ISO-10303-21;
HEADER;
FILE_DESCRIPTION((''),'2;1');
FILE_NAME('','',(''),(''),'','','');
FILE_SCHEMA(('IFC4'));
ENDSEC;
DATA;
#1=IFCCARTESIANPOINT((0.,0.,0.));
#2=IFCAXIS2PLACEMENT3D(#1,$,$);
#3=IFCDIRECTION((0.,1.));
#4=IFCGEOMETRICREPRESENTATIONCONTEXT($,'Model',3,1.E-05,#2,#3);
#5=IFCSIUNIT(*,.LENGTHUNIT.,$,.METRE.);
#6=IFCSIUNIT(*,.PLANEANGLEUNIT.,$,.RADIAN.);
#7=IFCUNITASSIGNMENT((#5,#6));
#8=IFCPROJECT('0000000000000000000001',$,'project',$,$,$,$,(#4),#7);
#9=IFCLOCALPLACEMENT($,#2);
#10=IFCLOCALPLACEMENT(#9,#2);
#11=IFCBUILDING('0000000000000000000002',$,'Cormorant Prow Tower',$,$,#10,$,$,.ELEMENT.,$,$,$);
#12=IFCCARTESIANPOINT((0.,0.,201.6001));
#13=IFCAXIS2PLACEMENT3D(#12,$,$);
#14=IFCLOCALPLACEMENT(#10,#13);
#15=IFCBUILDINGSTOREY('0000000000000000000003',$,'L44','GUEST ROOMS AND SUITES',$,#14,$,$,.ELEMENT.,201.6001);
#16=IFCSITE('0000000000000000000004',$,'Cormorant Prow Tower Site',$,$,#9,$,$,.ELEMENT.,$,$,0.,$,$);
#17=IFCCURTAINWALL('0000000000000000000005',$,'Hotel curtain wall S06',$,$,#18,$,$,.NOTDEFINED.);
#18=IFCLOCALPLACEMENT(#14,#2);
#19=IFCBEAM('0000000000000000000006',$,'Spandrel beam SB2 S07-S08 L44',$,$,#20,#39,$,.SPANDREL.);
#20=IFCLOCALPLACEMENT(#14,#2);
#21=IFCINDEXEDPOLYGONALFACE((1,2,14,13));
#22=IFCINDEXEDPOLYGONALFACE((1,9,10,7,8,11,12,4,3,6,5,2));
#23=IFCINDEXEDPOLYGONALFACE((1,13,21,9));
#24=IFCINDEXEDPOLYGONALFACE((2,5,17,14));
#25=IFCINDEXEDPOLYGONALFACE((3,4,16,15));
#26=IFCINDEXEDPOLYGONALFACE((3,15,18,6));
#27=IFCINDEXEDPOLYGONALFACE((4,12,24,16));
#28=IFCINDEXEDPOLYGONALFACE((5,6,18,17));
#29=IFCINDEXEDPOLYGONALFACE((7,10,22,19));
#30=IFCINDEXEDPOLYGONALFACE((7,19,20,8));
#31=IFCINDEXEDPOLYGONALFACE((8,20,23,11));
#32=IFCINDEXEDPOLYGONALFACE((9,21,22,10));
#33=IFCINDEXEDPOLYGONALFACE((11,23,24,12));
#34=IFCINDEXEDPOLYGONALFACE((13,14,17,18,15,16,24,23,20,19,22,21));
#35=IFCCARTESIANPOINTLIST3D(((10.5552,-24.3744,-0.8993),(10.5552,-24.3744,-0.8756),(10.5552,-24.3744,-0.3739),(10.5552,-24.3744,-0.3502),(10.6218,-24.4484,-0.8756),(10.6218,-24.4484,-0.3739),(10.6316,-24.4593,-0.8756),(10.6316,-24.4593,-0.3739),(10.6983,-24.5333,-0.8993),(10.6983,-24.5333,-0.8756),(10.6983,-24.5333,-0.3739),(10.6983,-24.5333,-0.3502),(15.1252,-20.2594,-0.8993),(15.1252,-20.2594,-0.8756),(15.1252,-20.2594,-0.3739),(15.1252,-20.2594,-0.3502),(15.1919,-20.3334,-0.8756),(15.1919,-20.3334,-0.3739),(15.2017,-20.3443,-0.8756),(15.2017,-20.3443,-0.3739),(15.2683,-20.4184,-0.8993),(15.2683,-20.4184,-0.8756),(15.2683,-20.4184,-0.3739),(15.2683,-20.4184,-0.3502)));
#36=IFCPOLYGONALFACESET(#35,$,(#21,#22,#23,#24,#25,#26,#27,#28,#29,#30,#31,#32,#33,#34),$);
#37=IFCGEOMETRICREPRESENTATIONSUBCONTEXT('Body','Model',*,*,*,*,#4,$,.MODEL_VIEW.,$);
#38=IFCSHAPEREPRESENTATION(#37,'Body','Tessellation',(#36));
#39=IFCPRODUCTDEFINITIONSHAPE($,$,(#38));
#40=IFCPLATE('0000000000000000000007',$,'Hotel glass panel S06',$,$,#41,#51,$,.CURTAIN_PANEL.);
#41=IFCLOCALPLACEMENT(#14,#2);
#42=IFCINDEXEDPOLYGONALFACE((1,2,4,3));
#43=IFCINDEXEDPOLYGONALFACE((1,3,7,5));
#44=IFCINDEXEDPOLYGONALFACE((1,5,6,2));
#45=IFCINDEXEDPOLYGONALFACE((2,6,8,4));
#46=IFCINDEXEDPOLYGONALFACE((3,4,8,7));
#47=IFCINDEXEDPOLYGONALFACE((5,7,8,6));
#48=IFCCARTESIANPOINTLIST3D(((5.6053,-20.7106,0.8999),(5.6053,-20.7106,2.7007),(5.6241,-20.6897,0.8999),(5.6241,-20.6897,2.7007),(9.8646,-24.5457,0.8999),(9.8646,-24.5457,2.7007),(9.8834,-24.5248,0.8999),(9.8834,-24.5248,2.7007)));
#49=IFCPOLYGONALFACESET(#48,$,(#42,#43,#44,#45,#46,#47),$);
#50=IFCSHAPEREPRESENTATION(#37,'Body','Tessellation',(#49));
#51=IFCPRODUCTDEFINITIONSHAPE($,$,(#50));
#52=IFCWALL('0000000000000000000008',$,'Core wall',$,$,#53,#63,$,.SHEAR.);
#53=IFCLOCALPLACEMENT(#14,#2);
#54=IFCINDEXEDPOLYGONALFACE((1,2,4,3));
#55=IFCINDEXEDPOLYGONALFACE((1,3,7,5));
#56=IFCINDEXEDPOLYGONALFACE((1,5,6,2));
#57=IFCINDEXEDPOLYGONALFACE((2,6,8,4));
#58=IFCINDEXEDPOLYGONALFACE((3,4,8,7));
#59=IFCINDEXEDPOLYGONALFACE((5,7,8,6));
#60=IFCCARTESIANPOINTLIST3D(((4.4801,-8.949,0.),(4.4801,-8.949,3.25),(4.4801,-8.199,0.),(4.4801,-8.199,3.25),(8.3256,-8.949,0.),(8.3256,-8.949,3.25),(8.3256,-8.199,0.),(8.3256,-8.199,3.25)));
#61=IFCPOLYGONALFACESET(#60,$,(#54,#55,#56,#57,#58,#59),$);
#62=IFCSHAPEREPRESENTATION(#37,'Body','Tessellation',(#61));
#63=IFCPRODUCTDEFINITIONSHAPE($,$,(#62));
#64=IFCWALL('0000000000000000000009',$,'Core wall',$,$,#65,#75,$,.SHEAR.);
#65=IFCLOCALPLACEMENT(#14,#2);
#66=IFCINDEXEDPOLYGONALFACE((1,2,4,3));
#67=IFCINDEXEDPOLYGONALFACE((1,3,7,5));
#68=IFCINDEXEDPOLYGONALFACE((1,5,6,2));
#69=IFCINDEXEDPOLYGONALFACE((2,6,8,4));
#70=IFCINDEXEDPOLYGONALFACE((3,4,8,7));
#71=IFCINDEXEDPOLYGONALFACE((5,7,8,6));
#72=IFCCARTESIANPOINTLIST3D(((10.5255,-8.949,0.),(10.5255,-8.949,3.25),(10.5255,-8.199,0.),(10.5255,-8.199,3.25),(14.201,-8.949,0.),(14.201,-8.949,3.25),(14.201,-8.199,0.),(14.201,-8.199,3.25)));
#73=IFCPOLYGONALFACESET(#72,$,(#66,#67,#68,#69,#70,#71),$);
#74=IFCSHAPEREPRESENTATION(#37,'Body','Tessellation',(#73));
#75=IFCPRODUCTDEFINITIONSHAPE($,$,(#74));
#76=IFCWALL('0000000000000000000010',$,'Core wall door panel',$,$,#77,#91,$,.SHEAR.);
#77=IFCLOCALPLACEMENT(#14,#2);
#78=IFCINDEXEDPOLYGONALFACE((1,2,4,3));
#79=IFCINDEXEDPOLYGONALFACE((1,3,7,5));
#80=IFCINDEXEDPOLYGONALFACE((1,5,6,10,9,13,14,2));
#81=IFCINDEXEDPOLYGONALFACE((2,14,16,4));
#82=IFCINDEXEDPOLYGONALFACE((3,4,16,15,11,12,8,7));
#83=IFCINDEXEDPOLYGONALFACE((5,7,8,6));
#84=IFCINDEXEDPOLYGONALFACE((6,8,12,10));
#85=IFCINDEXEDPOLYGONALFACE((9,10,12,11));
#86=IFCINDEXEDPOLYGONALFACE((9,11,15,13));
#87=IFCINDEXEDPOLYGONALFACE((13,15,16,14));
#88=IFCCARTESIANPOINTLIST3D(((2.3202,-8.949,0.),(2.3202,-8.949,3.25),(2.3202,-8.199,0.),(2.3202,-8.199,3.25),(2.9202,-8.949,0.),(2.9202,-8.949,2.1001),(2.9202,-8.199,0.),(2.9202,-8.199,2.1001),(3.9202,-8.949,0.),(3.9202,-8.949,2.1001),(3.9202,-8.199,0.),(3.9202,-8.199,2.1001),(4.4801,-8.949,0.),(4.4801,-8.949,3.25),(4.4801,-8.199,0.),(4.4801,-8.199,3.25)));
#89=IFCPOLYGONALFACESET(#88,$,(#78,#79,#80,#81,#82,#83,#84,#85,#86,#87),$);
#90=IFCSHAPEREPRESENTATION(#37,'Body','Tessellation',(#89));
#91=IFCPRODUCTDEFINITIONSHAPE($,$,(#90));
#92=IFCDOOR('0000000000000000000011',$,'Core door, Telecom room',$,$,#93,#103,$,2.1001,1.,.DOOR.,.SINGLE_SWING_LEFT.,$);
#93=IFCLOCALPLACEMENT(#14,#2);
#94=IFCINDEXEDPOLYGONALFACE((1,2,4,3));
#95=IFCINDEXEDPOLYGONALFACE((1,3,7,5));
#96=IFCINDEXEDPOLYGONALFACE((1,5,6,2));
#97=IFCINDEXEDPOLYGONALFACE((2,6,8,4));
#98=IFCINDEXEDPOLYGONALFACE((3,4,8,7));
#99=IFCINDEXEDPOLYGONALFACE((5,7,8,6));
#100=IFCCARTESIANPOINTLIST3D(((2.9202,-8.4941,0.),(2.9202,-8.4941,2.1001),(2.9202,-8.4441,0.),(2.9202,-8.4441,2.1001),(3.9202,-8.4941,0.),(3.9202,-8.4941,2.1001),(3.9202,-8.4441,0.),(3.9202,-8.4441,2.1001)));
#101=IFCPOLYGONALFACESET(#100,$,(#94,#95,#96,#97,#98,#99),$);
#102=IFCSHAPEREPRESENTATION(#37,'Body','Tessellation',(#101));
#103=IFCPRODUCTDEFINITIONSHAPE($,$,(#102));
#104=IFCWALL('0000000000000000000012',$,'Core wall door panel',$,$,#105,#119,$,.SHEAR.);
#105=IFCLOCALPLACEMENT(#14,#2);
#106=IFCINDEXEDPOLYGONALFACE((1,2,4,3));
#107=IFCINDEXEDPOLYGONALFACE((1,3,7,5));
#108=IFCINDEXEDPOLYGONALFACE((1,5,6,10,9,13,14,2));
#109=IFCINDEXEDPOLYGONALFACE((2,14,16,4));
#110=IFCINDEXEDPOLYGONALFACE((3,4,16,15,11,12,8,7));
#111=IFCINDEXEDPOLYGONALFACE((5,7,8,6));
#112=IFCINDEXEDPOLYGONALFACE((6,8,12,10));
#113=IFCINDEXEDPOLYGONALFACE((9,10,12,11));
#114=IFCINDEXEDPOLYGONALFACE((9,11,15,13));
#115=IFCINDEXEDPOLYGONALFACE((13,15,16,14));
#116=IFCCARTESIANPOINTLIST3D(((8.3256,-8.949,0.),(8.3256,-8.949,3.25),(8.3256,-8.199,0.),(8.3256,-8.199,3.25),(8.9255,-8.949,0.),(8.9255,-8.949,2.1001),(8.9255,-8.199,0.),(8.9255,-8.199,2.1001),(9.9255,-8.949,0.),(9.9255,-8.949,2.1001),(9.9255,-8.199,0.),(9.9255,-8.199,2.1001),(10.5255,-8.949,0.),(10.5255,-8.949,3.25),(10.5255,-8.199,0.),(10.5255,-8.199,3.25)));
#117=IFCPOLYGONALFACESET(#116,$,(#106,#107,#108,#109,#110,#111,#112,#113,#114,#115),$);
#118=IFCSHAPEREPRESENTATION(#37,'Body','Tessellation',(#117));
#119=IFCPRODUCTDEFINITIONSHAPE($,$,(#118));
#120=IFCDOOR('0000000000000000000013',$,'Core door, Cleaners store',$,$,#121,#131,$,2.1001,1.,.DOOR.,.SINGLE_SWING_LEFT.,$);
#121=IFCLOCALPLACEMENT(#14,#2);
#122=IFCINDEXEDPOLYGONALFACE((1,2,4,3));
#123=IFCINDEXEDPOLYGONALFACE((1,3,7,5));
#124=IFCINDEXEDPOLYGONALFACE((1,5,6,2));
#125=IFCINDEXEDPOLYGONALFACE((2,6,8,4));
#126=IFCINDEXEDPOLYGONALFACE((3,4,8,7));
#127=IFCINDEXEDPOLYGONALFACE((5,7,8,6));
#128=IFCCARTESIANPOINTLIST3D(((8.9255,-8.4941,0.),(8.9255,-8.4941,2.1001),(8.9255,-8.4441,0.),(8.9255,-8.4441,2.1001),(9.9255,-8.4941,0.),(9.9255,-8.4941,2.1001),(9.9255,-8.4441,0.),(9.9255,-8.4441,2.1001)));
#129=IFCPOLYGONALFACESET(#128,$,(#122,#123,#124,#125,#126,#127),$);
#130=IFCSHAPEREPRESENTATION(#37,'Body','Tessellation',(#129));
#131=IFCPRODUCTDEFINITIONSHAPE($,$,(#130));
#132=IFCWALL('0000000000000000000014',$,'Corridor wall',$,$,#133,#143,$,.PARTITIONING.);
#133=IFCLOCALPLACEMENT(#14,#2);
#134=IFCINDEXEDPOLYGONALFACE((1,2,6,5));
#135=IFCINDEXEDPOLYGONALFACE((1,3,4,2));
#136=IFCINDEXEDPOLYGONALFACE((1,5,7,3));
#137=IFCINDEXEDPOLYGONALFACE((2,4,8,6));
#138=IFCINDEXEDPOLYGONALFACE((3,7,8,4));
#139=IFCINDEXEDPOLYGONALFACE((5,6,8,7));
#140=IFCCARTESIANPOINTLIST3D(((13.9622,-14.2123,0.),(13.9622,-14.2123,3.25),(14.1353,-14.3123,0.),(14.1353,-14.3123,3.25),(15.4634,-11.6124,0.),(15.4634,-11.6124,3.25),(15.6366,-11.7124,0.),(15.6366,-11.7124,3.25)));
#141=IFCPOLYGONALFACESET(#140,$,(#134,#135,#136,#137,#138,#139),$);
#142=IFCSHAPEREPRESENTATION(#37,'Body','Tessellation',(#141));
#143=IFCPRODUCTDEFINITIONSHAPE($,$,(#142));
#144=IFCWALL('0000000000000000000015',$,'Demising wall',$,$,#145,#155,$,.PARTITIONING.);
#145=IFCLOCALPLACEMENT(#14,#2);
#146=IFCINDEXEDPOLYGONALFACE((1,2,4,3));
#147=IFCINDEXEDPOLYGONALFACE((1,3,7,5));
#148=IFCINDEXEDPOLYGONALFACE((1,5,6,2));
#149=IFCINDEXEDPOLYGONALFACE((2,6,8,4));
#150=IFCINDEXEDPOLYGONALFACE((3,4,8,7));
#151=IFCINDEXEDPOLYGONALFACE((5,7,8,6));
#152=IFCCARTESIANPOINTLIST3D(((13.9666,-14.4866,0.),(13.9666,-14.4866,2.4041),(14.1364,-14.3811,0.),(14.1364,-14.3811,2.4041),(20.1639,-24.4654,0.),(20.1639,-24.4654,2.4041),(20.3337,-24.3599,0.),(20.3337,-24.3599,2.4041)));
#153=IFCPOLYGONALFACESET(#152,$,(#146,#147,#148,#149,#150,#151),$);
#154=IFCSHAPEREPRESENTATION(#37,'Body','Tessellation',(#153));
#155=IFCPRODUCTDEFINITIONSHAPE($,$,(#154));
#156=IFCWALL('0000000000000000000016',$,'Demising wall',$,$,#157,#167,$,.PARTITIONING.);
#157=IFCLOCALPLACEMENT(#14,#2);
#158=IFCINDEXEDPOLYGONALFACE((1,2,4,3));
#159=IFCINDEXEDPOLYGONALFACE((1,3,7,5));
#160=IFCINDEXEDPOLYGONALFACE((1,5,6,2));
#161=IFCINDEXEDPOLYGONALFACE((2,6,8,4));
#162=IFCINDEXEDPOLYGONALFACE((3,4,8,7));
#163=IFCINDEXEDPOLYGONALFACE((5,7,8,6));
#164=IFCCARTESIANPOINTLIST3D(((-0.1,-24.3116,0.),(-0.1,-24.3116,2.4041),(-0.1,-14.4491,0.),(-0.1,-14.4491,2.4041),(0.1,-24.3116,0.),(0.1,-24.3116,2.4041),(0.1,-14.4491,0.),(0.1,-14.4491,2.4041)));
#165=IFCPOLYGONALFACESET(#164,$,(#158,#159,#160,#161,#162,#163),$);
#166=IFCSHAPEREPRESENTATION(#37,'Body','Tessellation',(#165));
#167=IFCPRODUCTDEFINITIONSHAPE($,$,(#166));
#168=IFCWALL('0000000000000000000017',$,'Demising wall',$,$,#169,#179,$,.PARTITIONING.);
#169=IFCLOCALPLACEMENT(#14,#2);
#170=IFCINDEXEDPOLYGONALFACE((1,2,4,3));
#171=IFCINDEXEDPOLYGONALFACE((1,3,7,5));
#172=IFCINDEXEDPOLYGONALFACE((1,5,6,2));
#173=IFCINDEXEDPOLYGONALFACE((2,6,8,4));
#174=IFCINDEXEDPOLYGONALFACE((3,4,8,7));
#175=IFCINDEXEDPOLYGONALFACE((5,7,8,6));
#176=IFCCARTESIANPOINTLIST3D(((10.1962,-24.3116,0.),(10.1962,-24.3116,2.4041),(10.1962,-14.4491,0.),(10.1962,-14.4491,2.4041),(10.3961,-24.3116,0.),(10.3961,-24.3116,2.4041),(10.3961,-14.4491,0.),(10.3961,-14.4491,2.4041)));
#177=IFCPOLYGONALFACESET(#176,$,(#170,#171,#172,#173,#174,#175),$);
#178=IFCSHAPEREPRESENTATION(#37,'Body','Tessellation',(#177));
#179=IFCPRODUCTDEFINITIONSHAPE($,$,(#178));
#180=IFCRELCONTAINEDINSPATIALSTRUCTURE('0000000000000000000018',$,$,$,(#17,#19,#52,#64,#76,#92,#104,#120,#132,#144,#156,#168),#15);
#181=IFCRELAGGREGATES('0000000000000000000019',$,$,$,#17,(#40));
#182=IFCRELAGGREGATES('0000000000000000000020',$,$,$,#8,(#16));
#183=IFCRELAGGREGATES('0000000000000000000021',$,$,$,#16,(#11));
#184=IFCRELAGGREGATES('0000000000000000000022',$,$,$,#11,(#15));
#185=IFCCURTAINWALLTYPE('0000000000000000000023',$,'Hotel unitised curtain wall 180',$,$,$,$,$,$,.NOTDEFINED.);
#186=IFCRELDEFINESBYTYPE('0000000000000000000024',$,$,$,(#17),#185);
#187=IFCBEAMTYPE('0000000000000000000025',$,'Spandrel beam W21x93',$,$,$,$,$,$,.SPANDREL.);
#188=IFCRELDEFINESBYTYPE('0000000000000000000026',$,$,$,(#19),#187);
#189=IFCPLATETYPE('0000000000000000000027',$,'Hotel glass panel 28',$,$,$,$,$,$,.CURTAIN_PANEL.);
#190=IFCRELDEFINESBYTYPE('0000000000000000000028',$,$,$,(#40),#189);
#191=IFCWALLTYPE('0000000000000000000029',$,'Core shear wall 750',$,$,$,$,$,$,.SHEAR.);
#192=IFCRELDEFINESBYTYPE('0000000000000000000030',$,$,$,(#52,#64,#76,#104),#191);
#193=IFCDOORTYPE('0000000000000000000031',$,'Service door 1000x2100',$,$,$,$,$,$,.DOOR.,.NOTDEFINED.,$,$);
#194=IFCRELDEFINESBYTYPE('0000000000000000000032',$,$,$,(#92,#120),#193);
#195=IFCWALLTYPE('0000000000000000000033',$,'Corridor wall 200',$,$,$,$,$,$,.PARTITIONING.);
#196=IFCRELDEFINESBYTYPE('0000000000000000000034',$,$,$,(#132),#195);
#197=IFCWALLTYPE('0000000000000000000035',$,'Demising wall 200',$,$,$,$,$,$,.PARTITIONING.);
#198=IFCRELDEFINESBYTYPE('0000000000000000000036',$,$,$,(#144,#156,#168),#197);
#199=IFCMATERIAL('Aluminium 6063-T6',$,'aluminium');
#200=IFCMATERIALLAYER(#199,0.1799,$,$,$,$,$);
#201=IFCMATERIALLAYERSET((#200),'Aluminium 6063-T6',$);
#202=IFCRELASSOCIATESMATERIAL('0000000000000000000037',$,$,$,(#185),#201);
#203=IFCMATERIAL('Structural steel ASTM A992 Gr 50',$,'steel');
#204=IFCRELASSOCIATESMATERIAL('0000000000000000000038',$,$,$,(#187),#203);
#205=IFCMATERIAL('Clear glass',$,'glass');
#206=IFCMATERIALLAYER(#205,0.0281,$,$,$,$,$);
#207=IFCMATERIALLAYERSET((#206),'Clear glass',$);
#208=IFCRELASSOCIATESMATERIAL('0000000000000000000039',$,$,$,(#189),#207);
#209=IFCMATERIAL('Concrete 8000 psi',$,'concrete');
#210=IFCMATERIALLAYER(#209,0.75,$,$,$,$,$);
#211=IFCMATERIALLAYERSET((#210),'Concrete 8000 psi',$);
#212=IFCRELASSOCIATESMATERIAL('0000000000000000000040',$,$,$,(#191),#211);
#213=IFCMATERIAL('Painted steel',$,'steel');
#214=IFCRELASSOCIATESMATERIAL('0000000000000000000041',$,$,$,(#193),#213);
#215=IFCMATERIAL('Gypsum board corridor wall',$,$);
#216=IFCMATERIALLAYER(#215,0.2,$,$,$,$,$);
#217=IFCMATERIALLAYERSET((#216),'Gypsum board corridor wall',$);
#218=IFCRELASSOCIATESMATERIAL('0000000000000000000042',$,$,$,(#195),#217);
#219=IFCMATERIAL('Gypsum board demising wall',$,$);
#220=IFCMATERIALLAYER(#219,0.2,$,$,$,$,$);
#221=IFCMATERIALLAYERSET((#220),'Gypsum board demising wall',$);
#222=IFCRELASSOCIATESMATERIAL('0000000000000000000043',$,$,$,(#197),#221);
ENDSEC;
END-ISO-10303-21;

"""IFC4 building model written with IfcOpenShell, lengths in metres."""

from ifc_helpers import new_model, si_unit, direction, frame, frame_2d, origin, origin_2d, place, context, subcontext, project, spatial, rectangle, i_section, extrude, material, layer, layer_set, material_profile, profile_set, type_object, element, fill, aggregate, save


model = new_model("IFC4")

# Units and contexts
model_context = context("Model", 3, precision=1e-05, world=origin(), true_north=direction((0.0, 1.0)))
body_context = subcontext(model_context, "Body", "Model", "MODEL_VIEW")
ifc_project = project(units=[si_unit("LENGTHUNIT", "METRE"), si_unit("PLANEANGLEUNIT", "RADIAN")], contexts=[model_context])

# Site, building, storey
site_placement = place(None, origin())
site = spatial("IfcSite", under=ifc_project, at=site_placement, Name="Cormorant Prow Tower Site", CompositionType="ELEMENT", RefElevation=0.0)
building_placement = place(site_placement, origin())
building = spatial("IfcBuilding", under=site, at=building_placement, Name="Cormorant Prow Tower", CompositionType="ELEMENT")
storey_placement = place(building_placement, frame((0.0, 0.0, 201.6001)))
storey = spatial("IfcBuildingStorey", under=building, at=storey_placement, Name="L44", Description="GUEST ROOMS AND SUITES", CompositionType="ELEMENT", Elevation=201.6001)

# Curtain wall
ifc_material_1 = material(Name="Aluminium 6063-T6", Category="aluminium")
ifc_layer_1 = layer(ifc_material_1, 0.1799)
ifc_layer_set_1 = layer_set([ifc_layer_1], Name="Aluminium 6063-T6")
curtain_wall_type = type_object("IfcCurtainWallType", Name="Hotel unitised curtain wall 180", PredefinedType="NOTDEFINED", material=ifc_layer_set_1)
curtain_wall_placement = place(storey_placement, origin())
curtain_wall = element("IfcCurtainWall", 1, at=curtain_wall_placement, inside=storey, type_object=curtain_wall_type, Name="Hotel curtain wall S06", PredefinedType="NOTDEFINED")

# Beam
ifc_material_2 = material(Name="Structural steel ASTM A992 Gr 50", Category="steel")
ifc_material_profile_1 = material_profile(ifc_material_2, i_section(OverallWidth=0.2139, OverallDepth=0.5491, WebThickness=0.0146, FlangeThickness=0.0237, at=origin_2d()), Name="W21x93")
ifc_profile_set_1 = profile_set([ifc_material_profile_1], Name="Structural steel ASTM A992 Gr 50")
beam_type_1 = type_object("IfcBeamType", Name="Spandrel beam W21x93", PredefinedType="SPANDREL", material=ifc_profile_set_1)
beam_1_placement = place(storey_placement, frame((10.6267, -24.4539, -0.6248), z_axis=(0.743138, 0.669138, 0.0), x_axis=(-0.669138, 0.743138, 0.0)))
element("IfcBeam", 2, at=beam_1_placement, inside=storey, type_object=beam_type_1, Name="Spandrel beam SB2 S07-S08 L44", PredefinedType="SPANDREL", context=body_context, shape_type="SweptSolid", body=[
    extrude(i_section(OverallWidth=0.2139, OverallDepth=0.5491, WebThickness=0.0146, FlangeThickness=0.0237, at=origin_2d()), origin(), (0.0, 0.0, 1.0), 6.1497),
])

# Plate
ifc_material_3 = material(Name="Clear glass", Category="glass")
ifc_layer_2 = layer(ifc_material_3, 0.0281)
ifc_layer_set_2 = layer_set([ifc_layer_2], Name="Clear glass")
plate_type = type_object("IfcPlateType", Name="Hotel glass panel 28", PredefinedType="CURTAIN_PANEL", material=ifc_layer_set_2)
plate_placement = place(storey_placement, frame((7.7444, -22.6177, 0.8999), z_axis=(0.0, 0.0, 1.0), x_axis=(0.743145, -0.669131, 0.0)))
plate = element("IfcPlate", 3, at=plate_placement, type_object=plate_type, Name="Hotel glass panel S06", PredefinedType="CURTAIN_PANEL", context=body_context, shape_type="SweptSolid", body=[
    extrude(rectangle(XDim=5.7314, YDim=0.0281, at=origin_2d()), origin(), (0.0, 0.0, 1.0), 1.8008),
])
aggregate(curtain_wall, [plate])

# Walls
ifc_material_4 = material(Name="Concrete 8000 psi", Category="concrete")
ifc_layer_3 = layer(ifc_material_4, 0.75)
ifc_layer_set_3 = layer_set([ifc_layer_3], Name="Concrete 8000 psi")
wall_type_1 = type_object("IfcWallType", Name="Core shear wall 750", PredefinedType="SHEAR", material=ifc_layer_set_3)
wall_1_placement = place(storey_placement, frame((4.48, -8.574, 0.0), z_axis=(0.0, 0.0, 1.0), x_axis=(1.0, 0.0, 0.0)))
element("IfcWall", 4, at=wall_1_placement, inside=storey, type_object=wall_type_1, Name="Core wall", PredefinedType="SHEAR", context=body_context, shape_type="SweptSolid", body=[
    extrude(rectangle(XDim=3.8455, YDim=0.75, at=frame_2d((1.9229, 0.0))), origin(), (0.0, 0.0, 1.0), 3.25),
])
wall_2_placement = place(storey_placement, frame((10.5254, -8.574, 0.0), z_axis=(0.0, 0.0, 1.0), x_axis=(1.0, 0.0, 0.0)))
element("IfcWall", 5, at=wall_2_placement, inside=storey, type_object=wall_type_1, Name="Core wall", PredefinedType="SHEAR", context=body_context, shape_type="SweptSolid", body=[
    extrude(rectangle(XDim=3.6755, YDim=0.75, at=frame_2d((1.8379, 0.0))), origin(), (0.0, 0.0, 1.0), 3.25),
])

# Walls, openings, doors
wall_3_placement = place(storey_placement, frame((2.3201, -8.574, 0.0), z_axis=(0.0, 0.0, 1.0), x_axis=(1.0, 0.0, 0.0)))
wall_3 = element("IfcWall", 6, at=wall_3_placement, inside=storey, type_object=wall_type_1, Name="Core wall door panel", PredefinedType="SHEAR", context=body_context, shape_type="SweptSolid", body=[
    extrude(rectangle(XDim=2.1599, YDim=0.75, at=frame_2d((1.0801, 0.0))), origin(), (0.0, 0.0, 1.0), 3.25),
])
opening_1_placement = place(wall_3_placement, frame((0.6001, 0.0, 0.0)))
opening_1 = element("IfcOpeningElement", 7, at=opening_1_placement, cuts=wall_3, PredefinedType="OPENING", context=body_context, shape_type="SweptSolid", body=[
    extrude(rectangle(XDim=1.0, YDim=2.1001, at=frame_2d((0.5, 1.05))), frame((0.0, 0.385, 0.0), z_axis=(0.0, -1.0, 0.0), x_axis=(1.0, 0.0, 0.0)), (0.0, 0.0, 1.0), 0.77),
])
ifc_material_5 = material(Name="Painted steel", Category="steel")
door_type_1 = type_object("IfcDoorType", Name="Service door 1000x2100", OperationType="NOTDEFINED", PredefinedType="DOOR", material=ifc_material_5)
door_1_placement = place(opening_1_placement, origin())
door_1 = element("IfcDoor", 8, at=door_1_placement, inside=storey, type_object=door_type_1, Name="Core door, Telecom room", OperationType="SINGLE_SWING_LEFT", OverallHeight=2.1001, OverallWidth=1.0, PredefinedType="DOOR", context=body_context, shape_type="SweptSolid", body=[
    extrude(rectangle(XDim=1.0, YDim=2.1001, at=frame_2d((0.5, 1.05))), frame((0.0, 0.1299, 0.0), z_axis=(0.0, -1.0, 0.0), x_axis=(1.0, 0.0, 0.0)), (0.0, 0.0, 1.0), 0.05),
])
fill(opening_1, door_1)
wall_4_placement = place(storey_placement, frame((8.3254, -8.574, 0.0), z_axis=(0.0, 0.0, 1.0), x_axis=(1.0, 0.0, 0.0)))
wall_4 = element("IfcWall", 9, at=wall_4_placement, inside=storey, type_object=wall_type_1, Name="Core wall door panel", PredefinedType="SHEAR", context=body_context, shape_type="SweptSolid", body=[
    extrude(rectangle(XDim=2.2, YDim=0.75, at=frame_2d((1.1001, 0.0))), origin(), (0.0, 0.0, 1.0), 3.25),
])
opening_2_placement = place(wall_4_placement, frame((0.6001, 0.0, 0.0)))
opening_2 = element("IfcOpeningElement", 10, at=opening_2_placement, cuts=wall_4, PredefinedType="OPENING", context=body_context, shape_type="SweptSolid", body=[
    extrude(rectangle(XDim=1.0, YDim=2.1001, at=frame_2d((0.5, 1.05))), frame((0.0, 0.385, 0.0), z_axis=(0.0, -1.0, 0.0), x_axis=(1.0, 0.0, 0.0)), (0.0, 0.0, 1.0), 0.77),
])
door_2_placement = place(opening_2_placement, origin())
door_2 = element("IfcDoor", 11, at=door_2_placement, inside=storey, type_object=door_type_1, Name="Core door, Cleaners store", OperationType="SINGLE_SWING_LEFT", OverallHeight=2.1001, OverallWidth=1.0, PredefinedType="DOOR", context=body_context, shape_type="SweptSolid", body=[
    extrude(rectangle(XDim=1.0, YDim=2.1001, at=frame_2d((0.5, 1.05))), frame((0.0, 0.1299, 0.0), z_axis=(0.0, -1.0, 0.0), x_axis=(1.0, 0.0, 0.0)), (0.0, 0.0, 1.0), 0.05),
])
fill(opening_2, door_2)

# Walls
ifc_material_6 = material(Name="Gypsum board corridor wall")
ifc_layer_4 = layer(ifc_material_6, 0.2)
ifc_layer_set_4 = layer_set([ifc_layer_4], Name="Gypsum board corridor wall")
wall_type_2 = type_object("IfcWallType", Name="Corridor wall 200", PredefinedType="PARTITIONING", material=ifc_layer_set_4)
wall_5_placement = place(storey_placement, frame((14.0488, -14.2622, 0.0), z_axis=(0.0, 0.0, 1.0), x_axis=(0.500049, 0.865997, 0.0)))
element("IfcWall", 12, at=wall_5_placement, inside=storey, type_object=wall_type_2, Name="Corridor wall", PredefinedType="PARTITIONING", context=body_context, shape_type="SweptSolid", body=[
    extrude(rectangle(XDim=3.0022, YDim=0.2, at=frame_2d((1.501, 0.0))), origin(), (0.0, 0.0, 1.0), 3.25),
])
ifc_material_7 = material(Name="Gypsum board demising wall")
ifc_layer_5 = layer(ifc_material_7, 0.2)
ifc_layer_set_5 = layer_set([ifc_layer_5], Name="Gypsum board demising wall")
wall_type_3 = type_object("IfcWallType", Name="Demising wall 200", PredefinedType="PARTITIONING", material=ifc_layer_set_5)
wall_6_placement = place(storey_placement, frame((14.0515, -14.4338, 0.0), z_axis=(0.0, 0.0, 1.0), x_axis=(0.527581, -0.849505, 0.0)))
element("IfcWall", 13, at=wall_6_placement, inside=storey, type_object=wall_type_3, Name="Demising wall", PredefinedType="PARTITIONING", context=body_context, shape_type="SweptSolid", body=[
    extrude(rectangle(XDim=11.7466, YDim=0.2, at=frame_2d((5.8733, 0.0))), origin(), (0.0, 0.0, 1.0), 2.4041),
])
for number, where, z_axis, x_axis, name in (
    (14, (0.0, -24.3115, 0.0), (0.0, 0.0, 1.0), (0.0, 1.0, 0.0), "Demising wall"),
    (15, (10.2961, -24.3115, 0.0), (0.0, 0.0, 1.0), (0.0, 1.0, 0.0), "Demising wall"),
):
    element("IfcWall", number, at=place(storey_placement, frame(where, z_axis=z_axis, x_axis=x_axis)), inside=storey, type_object=wall_type_3, Name=name, PredefinedType="PARTITIONING", context=body_context, shape_type="SweptSolid", body=[
        extrude(rectangle(XDim=9.8625, YDim=0.2, at=frame_2d((4.9312, 0.0))), origin(), (0.0, 0.0, 1.0), 2.4041),
    ])

save(model, "model.ifc")
